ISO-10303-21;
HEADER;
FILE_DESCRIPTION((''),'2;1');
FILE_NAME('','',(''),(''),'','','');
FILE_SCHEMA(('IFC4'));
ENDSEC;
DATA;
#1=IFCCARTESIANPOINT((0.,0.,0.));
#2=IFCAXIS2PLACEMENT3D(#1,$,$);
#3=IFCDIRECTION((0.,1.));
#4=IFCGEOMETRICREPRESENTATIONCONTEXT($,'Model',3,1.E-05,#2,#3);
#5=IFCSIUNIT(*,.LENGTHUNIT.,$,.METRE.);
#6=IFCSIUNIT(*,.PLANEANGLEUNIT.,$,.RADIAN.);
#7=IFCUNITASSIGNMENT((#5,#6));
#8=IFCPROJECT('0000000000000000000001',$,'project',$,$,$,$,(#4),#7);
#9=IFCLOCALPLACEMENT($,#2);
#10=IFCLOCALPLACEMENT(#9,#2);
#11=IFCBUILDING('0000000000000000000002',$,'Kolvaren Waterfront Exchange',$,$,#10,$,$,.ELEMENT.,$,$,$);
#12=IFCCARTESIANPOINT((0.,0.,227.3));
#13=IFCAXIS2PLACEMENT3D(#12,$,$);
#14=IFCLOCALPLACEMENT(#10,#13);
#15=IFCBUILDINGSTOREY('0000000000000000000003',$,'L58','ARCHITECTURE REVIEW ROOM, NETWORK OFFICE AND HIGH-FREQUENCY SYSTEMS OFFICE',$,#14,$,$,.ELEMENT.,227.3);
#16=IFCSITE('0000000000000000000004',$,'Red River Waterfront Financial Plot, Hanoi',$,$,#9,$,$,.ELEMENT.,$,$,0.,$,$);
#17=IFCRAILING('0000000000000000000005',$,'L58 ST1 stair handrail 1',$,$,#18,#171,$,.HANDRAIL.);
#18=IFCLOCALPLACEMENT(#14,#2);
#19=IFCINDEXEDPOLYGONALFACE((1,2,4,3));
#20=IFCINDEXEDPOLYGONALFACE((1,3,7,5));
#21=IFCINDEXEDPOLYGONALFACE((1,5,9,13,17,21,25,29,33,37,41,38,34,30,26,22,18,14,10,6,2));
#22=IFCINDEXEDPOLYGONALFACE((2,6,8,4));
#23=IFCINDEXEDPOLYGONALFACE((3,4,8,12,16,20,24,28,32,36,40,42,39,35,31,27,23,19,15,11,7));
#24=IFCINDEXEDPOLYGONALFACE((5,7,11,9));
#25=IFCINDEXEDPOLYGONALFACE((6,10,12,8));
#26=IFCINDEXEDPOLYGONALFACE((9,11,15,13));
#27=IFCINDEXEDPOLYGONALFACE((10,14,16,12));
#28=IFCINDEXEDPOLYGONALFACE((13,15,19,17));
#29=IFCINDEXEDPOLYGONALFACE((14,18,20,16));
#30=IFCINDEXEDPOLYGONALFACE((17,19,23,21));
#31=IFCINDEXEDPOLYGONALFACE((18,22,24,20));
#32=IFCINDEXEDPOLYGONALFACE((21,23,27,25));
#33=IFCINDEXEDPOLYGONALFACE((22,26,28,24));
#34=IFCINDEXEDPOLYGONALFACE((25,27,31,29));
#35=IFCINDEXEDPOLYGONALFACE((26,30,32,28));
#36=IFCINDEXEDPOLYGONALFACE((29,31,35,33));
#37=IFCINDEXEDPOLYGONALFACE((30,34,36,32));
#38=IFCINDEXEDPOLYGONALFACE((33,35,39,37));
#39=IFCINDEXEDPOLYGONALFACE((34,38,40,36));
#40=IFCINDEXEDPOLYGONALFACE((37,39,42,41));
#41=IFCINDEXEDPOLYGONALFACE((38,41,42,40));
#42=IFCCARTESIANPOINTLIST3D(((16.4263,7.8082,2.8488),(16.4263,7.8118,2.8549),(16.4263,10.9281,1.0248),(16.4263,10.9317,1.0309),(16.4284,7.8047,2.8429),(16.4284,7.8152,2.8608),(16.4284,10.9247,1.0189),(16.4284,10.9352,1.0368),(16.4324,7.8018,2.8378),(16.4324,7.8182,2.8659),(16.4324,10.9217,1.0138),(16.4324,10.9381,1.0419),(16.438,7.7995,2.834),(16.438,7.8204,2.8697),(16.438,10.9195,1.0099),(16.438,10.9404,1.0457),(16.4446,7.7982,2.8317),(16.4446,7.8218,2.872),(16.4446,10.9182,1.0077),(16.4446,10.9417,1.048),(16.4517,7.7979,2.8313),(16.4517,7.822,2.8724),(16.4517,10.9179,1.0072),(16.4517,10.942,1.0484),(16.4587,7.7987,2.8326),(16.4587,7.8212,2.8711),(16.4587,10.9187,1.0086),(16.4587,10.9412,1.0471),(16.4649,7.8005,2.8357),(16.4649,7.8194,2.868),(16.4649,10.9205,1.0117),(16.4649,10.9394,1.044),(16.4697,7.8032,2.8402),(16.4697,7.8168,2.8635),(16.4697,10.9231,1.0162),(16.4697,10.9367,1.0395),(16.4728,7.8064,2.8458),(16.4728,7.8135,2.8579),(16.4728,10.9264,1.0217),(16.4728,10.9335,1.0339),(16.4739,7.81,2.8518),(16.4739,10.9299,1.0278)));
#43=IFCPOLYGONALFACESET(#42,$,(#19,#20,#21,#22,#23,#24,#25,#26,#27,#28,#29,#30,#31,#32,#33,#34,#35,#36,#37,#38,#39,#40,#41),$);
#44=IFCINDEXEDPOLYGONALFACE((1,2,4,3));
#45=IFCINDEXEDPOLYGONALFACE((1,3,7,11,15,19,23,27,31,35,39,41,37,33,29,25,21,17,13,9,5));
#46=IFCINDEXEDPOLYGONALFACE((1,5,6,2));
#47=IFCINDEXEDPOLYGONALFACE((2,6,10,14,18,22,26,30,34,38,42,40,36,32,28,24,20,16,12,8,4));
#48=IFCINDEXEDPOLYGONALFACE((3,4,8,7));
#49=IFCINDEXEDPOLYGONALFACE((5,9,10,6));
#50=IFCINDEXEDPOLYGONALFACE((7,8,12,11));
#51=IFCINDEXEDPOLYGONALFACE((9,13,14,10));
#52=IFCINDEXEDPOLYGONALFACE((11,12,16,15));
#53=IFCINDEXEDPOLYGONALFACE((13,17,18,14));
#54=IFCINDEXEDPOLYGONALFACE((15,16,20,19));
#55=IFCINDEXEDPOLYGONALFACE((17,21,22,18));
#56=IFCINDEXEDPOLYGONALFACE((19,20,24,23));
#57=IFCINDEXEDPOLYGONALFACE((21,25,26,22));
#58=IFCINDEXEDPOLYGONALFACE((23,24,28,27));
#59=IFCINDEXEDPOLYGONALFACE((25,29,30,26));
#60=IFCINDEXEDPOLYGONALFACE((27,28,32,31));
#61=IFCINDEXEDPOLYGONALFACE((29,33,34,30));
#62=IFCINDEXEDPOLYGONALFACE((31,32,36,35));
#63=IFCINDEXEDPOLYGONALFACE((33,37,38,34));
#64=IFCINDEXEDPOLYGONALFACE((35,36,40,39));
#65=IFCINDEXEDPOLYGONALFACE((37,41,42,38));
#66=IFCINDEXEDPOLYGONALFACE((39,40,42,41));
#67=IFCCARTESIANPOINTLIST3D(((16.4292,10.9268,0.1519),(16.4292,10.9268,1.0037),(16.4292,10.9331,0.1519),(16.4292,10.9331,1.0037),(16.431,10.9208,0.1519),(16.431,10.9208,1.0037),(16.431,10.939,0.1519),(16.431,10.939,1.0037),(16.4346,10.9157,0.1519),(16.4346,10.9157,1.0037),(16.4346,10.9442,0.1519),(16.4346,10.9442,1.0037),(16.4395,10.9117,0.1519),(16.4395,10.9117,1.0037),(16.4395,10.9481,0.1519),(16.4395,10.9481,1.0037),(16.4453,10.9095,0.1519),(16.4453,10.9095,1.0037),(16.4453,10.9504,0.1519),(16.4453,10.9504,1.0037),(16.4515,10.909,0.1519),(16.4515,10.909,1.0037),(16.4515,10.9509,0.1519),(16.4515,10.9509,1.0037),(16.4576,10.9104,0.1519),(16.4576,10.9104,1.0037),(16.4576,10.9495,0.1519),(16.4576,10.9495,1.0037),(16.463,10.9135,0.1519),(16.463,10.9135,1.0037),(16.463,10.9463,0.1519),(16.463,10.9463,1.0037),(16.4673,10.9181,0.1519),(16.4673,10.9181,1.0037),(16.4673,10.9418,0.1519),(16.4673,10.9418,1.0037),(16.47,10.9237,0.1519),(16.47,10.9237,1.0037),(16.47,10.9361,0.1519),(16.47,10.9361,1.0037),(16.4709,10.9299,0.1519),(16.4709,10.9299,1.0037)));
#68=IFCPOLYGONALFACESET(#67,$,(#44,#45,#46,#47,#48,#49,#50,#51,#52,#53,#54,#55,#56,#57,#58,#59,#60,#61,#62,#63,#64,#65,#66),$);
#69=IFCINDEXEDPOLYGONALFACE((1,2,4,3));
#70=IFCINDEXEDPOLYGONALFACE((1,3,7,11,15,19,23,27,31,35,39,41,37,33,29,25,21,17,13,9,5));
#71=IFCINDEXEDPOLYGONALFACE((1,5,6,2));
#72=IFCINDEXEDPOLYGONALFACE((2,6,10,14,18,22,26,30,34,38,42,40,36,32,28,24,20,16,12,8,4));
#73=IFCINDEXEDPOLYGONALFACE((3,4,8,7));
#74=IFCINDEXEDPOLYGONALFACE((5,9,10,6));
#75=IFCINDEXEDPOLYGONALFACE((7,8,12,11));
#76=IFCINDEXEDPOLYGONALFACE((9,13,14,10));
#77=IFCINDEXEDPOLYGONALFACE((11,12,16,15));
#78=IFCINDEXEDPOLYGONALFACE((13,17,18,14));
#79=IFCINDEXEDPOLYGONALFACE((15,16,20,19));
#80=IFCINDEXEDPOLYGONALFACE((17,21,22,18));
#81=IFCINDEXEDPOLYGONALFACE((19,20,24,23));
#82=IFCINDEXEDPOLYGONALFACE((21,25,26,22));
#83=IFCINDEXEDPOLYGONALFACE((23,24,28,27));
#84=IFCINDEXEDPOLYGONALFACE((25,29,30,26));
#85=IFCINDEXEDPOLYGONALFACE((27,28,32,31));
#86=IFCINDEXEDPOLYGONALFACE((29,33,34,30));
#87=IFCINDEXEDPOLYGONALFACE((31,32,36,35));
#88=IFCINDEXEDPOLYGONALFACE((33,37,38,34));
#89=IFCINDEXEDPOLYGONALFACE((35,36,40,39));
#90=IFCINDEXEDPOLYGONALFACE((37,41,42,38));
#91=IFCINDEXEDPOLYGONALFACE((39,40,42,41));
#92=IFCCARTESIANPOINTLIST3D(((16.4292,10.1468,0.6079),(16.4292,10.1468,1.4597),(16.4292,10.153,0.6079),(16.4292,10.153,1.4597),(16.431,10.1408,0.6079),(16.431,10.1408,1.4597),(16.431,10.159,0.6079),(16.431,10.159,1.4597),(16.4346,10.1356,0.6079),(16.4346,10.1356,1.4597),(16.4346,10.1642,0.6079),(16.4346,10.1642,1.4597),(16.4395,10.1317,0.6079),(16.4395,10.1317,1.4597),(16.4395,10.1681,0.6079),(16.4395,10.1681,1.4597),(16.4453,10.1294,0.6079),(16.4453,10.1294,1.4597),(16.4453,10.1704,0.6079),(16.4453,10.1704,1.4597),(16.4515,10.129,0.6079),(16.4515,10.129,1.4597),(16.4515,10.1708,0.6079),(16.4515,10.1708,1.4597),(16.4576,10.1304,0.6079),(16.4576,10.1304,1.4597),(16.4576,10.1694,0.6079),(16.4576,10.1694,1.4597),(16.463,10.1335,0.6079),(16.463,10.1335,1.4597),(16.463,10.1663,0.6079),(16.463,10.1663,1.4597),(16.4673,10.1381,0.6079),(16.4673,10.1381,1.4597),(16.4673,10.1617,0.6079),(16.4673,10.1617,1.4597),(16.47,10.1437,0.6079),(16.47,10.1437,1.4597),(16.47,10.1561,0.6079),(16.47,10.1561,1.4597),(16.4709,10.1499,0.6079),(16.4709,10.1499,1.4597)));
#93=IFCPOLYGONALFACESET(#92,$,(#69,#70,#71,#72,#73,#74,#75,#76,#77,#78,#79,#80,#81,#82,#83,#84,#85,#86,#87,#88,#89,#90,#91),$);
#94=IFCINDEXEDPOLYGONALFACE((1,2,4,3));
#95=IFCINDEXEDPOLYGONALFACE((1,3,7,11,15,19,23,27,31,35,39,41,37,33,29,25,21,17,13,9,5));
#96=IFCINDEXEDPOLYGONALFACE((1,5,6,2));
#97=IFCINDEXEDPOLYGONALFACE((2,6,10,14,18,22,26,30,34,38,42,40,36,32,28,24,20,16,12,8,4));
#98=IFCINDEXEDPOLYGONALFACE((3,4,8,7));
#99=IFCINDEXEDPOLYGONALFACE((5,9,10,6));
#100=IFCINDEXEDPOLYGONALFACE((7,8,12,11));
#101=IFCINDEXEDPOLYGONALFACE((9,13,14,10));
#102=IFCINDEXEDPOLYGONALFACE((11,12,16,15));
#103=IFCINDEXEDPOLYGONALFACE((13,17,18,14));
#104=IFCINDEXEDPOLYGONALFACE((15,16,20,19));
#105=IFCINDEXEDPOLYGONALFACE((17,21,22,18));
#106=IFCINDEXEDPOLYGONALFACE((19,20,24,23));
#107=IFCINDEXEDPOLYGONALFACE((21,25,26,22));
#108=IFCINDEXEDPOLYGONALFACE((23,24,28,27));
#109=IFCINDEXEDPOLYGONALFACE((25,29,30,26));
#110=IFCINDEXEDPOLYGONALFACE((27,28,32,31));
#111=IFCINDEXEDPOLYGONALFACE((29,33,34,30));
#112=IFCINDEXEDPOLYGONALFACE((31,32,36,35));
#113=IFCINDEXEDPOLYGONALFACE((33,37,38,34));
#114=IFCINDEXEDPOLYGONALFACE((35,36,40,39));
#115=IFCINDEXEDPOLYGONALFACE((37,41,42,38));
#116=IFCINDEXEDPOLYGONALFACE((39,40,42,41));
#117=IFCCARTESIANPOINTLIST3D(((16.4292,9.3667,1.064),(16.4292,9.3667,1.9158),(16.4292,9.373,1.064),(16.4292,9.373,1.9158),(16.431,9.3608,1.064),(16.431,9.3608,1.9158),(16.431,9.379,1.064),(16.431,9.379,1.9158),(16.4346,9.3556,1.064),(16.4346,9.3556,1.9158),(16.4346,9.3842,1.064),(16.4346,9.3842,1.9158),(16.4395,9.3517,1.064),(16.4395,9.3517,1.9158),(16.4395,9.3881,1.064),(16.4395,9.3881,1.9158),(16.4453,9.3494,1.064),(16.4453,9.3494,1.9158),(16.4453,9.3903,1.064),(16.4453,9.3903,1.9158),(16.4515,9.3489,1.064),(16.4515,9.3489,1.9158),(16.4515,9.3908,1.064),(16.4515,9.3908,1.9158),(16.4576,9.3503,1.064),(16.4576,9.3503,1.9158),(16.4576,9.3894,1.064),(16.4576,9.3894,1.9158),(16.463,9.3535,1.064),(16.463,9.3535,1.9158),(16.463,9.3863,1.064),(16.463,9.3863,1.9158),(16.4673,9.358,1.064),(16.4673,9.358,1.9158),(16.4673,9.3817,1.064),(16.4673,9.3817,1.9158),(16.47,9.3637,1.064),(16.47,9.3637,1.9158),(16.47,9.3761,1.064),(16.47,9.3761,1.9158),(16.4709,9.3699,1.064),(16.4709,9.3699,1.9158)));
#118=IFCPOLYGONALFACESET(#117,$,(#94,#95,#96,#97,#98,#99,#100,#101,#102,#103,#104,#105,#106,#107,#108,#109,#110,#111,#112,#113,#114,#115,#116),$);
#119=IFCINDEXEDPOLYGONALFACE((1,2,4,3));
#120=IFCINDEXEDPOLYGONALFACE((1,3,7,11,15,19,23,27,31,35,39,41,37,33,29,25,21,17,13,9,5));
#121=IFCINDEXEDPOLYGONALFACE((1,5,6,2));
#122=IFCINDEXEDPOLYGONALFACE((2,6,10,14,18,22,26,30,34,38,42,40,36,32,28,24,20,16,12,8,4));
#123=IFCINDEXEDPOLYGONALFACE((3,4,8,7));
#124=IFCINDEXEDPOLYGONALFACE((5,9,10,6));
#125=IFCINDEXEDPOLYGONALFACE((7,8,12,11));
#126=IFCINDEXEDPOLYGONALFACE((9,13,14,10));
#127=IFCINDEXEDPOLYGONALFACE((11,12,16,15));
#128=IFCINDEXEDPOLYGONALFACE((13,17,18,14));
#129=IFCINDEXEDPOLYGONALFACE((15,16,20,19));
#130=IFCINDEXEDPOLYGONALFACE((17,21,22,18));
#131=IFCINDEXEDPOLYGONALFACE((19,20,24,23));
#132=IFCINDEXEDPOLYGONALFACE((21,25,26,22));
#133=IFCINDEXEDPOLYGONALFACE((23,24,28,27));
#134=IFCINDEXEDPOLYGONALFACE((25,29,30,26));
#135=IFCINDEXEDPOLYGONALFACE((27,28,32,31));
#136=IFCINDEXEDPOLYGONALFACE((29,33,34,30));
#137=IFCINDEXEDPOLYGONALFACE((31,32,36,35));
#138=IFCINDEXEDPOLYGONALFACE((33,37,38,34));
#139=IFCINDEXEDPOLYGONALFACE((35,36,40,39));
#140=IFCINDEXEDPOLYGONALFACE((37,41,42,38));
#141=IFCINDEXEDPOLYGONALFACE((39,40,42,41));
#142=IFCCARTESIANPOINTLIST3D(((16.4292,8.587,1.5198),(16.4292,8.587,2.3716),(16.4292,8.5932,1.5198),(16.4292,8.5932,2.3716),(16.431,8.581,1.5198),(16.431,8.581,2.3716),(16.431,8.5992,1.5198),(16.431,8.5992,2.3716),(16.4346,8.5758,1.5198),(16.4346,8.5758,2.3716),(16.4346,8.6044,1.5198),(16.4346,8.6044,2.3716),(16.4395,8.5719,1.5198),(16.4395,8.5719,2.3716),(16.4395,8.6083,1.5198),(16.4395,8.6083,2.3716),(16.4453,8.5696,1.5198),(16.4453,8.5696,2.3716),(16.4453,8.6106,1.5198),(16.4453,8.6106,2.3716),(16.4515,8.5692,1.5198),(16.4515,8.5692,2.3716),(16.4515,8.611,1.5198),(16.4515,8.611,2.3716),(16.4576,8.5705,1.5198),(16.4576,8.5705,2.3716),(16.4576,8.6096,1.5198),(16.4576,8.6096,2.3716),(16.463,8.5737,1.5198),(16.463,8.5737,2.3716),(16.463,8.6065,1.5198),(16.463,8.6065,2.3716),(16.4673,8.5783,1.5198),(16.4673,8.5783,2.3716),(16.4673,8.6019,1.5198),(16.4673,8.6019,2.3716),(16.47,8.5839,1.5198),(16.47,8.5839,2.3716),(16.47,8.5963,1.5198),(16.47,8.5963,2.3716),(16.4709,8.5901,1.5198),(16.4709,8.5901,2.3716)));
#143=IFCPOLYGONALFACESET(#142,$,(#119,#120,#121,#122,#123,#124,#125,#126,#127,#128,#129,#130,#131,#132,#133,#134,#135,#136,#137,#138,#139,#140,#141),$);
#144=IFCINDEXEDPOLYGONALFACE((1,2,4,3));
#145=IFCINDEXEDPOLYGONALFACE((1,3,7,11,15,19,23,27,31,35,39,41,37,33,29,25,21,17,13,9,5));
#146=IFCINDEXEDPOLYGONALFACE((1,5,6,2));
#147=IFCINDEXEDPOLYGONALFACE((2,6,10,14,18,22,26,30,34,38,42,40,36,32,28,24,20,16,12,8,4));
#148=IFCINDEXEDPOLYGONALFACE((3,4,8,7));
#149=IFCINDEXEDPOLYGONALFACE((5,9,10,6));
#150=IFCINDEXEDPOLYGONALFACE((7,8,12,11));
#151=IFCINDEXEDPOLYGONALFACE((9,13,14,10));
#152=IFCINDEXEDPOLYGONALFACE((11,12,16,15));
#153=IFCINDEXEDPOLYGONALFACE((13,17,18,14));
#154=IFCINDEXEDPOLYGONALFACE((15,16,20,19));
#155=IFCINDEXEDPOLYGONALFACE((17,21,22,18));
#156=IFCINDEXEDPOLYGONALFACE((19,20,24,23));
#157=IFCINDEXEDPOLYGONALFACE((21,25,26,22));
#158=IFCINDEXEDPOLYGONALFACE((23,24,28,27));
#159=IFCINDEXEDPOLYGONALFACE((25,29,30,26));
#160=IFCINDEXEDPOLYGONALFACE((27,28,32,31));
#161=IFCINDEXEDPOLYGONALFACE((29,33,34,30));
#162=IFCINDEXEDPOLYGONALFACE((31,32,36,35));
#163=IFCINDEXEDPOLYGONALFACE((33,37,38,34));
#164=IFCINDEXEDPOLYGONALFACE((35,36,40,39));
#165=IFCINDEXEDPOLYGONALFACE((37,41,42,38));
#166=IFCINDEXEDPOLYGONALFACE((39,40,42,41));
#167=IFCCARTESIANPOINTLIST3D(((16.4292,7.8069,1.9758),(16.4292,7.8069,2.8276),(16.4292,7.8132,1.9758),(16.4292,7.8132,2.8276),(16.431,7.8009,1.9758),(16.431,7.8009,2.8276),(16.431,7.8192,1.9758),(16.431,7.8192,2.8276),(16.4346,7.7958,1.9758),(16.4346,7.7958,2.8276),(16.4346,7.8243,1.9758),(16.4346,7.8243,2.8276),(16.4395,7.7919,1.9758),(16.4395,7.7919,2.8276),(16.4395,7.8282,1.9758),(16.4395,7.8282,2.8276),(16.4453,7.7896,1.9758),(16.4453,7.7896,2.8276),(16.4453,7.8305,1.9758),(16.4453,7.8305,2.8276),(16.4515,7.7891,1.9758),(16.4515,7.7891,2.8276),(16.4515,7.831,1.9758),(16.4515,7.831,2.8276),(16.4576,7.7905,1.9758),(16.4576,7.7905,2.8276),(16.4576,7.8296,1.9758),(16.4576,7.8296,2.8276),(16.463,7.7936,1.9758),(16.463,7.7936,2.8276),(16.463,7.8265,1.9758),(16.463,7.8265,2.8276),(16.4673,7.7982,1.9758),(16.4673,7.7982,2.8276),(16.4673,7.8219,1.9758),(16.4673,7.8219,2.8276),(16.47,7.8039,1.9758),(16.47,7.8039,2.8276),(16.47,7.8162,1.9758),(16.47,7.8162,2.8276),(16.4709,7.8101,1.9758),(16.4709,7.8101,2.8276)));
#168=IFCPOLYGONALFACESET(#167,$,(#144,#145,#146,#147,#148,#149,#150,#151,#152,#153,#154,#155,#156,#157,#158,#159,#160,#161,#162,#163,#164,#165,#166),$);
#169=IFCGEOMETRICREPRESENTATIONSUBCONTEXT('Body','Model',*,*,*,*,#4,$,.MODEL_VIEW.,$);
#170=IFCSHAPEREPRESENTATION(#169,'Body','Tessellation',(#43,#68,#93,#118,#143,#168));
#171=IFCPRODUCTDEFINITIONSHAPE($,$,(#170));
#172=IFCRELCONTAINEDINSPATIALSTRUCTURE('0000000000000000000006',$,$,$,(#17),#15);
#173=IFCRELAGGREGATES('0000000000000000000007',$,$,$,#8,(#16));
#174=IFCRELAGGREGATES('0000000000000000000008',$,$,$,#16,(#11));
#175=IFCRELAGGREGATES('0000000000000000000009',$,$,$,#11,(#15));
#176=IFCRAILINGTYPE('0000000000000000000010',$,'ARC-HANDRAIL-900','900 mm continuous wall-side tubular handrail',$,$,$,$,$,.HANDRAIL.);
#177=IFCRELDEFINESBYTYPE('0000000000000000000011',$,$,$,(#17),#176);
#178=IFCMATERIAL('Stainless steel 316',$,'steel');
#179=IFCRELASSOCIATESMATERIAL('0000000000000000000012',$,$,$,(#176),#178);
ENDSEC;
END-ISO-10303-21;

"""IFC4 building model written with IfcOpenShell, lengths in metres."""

from ifc_helpers import new_model, si_unit, direction, frame, origin, origin_2d, place, context, subcontext, project, spatial, circle, extrude, material, type_object, element, save


model = new_model("IFC4")

# Units and contexts
model_context = context("Model", 3, precision=1e-05, world=origin(), true_north=direction((0.0, 1.0)))
body_context = subcontext(model_context, "Body", "Model", "MODEL_VIEW")
ifc_project = project(units=[si_unit("LENGTHUNIT", "METRE"), si_unit("PLANEANGLEUNIT", "RADIAN")], contexts=[model_context])

# Site, building, storey
site_placement = place(None, origin())
site = spatial("IfcSite", under=ifc_project, at=site_placement, Name="Red River Waterfront Financial Plot, Hanoi", CompositionType="ELEMENT", RefElevation=0.0)
building_placement = place(site_placement, origin())
building = spatial("IfcBuilding", under=site, at=building_placement, Name="Kolvaren Waterfront Exchange", CompositionType="ELEMENT")
storey_placement = place(building_placement, frame((0.0, 0.0, 227.3)))
storey = spatial("IfcBuildingStorey", under=building, at=storey_placement, Name="L58", Description="ARCHITECTURE REVIEW ROOM, NETWORK OFFICE AND HIGH-FREQUENCY SYSTEMS OFFICE", CompositionType="ELEMENT", Elevation=227.3)

# Railing
ifc_material_1 = material(Name="Stainless steel 316", Category="steel")
railing_type_1 = type_object("IfcRailingType", Name="ARC-HANDRAIL-900", Description="900 mm continuous wall-side tubular handrail", PredefinedType="HANDRAIL", material=ifc_material_1)
railing_1_placement = place(storey_placement, frame((16.45, 10.9299, 0.1519)))
element("IfcRailing", 1, at=railing_1_placement, inside=storey, type_object=railing_type_1, Name="L58 ST1 stair handrail 1", PredefinedType="HANDRAIL", context=body_context, shape_type="SweptSolid", body=[
    extrude(circle(Radius=0.0239, at=origin_2d()), frame((0.0, 0.0, 0.876), z_axis=(0.0, -0.863291, 0.504707), x_axis=(1.0, 0.0, 0.0)), (0.0, 0.0, 1.0), 3.614),
    extrude(circle(Radius=0.021, at=origin_2d()), origin(), (0.0, 0.0, 1.0), 0.8518),
    extrude(circle(Radius=0.021, at=origin_2d()), frame((0.0, -0.78, 0.4561)), (0.0, 0.0, 1.0), 0.8518),
    extrude(circle(Radius=0.021, at=origin_2d()), frame((0.0, -1.5601, 0.9121)), (0.0, 0.0, 1.0), 0.8518),
    extrude(circle(Radius=0.021, at=origin_2d()), frame((0.0, -2.3398, 1.3679)), (0.0, 0.0, 1.0), 0.8518),
    extrude(circle(Radius=0.021, at=origin_2d()), frame((0.0, -3.1199, 1.824)), (0.0, 0.0, 1.0), 0.8518),
])

save(model, "model.ifc")
